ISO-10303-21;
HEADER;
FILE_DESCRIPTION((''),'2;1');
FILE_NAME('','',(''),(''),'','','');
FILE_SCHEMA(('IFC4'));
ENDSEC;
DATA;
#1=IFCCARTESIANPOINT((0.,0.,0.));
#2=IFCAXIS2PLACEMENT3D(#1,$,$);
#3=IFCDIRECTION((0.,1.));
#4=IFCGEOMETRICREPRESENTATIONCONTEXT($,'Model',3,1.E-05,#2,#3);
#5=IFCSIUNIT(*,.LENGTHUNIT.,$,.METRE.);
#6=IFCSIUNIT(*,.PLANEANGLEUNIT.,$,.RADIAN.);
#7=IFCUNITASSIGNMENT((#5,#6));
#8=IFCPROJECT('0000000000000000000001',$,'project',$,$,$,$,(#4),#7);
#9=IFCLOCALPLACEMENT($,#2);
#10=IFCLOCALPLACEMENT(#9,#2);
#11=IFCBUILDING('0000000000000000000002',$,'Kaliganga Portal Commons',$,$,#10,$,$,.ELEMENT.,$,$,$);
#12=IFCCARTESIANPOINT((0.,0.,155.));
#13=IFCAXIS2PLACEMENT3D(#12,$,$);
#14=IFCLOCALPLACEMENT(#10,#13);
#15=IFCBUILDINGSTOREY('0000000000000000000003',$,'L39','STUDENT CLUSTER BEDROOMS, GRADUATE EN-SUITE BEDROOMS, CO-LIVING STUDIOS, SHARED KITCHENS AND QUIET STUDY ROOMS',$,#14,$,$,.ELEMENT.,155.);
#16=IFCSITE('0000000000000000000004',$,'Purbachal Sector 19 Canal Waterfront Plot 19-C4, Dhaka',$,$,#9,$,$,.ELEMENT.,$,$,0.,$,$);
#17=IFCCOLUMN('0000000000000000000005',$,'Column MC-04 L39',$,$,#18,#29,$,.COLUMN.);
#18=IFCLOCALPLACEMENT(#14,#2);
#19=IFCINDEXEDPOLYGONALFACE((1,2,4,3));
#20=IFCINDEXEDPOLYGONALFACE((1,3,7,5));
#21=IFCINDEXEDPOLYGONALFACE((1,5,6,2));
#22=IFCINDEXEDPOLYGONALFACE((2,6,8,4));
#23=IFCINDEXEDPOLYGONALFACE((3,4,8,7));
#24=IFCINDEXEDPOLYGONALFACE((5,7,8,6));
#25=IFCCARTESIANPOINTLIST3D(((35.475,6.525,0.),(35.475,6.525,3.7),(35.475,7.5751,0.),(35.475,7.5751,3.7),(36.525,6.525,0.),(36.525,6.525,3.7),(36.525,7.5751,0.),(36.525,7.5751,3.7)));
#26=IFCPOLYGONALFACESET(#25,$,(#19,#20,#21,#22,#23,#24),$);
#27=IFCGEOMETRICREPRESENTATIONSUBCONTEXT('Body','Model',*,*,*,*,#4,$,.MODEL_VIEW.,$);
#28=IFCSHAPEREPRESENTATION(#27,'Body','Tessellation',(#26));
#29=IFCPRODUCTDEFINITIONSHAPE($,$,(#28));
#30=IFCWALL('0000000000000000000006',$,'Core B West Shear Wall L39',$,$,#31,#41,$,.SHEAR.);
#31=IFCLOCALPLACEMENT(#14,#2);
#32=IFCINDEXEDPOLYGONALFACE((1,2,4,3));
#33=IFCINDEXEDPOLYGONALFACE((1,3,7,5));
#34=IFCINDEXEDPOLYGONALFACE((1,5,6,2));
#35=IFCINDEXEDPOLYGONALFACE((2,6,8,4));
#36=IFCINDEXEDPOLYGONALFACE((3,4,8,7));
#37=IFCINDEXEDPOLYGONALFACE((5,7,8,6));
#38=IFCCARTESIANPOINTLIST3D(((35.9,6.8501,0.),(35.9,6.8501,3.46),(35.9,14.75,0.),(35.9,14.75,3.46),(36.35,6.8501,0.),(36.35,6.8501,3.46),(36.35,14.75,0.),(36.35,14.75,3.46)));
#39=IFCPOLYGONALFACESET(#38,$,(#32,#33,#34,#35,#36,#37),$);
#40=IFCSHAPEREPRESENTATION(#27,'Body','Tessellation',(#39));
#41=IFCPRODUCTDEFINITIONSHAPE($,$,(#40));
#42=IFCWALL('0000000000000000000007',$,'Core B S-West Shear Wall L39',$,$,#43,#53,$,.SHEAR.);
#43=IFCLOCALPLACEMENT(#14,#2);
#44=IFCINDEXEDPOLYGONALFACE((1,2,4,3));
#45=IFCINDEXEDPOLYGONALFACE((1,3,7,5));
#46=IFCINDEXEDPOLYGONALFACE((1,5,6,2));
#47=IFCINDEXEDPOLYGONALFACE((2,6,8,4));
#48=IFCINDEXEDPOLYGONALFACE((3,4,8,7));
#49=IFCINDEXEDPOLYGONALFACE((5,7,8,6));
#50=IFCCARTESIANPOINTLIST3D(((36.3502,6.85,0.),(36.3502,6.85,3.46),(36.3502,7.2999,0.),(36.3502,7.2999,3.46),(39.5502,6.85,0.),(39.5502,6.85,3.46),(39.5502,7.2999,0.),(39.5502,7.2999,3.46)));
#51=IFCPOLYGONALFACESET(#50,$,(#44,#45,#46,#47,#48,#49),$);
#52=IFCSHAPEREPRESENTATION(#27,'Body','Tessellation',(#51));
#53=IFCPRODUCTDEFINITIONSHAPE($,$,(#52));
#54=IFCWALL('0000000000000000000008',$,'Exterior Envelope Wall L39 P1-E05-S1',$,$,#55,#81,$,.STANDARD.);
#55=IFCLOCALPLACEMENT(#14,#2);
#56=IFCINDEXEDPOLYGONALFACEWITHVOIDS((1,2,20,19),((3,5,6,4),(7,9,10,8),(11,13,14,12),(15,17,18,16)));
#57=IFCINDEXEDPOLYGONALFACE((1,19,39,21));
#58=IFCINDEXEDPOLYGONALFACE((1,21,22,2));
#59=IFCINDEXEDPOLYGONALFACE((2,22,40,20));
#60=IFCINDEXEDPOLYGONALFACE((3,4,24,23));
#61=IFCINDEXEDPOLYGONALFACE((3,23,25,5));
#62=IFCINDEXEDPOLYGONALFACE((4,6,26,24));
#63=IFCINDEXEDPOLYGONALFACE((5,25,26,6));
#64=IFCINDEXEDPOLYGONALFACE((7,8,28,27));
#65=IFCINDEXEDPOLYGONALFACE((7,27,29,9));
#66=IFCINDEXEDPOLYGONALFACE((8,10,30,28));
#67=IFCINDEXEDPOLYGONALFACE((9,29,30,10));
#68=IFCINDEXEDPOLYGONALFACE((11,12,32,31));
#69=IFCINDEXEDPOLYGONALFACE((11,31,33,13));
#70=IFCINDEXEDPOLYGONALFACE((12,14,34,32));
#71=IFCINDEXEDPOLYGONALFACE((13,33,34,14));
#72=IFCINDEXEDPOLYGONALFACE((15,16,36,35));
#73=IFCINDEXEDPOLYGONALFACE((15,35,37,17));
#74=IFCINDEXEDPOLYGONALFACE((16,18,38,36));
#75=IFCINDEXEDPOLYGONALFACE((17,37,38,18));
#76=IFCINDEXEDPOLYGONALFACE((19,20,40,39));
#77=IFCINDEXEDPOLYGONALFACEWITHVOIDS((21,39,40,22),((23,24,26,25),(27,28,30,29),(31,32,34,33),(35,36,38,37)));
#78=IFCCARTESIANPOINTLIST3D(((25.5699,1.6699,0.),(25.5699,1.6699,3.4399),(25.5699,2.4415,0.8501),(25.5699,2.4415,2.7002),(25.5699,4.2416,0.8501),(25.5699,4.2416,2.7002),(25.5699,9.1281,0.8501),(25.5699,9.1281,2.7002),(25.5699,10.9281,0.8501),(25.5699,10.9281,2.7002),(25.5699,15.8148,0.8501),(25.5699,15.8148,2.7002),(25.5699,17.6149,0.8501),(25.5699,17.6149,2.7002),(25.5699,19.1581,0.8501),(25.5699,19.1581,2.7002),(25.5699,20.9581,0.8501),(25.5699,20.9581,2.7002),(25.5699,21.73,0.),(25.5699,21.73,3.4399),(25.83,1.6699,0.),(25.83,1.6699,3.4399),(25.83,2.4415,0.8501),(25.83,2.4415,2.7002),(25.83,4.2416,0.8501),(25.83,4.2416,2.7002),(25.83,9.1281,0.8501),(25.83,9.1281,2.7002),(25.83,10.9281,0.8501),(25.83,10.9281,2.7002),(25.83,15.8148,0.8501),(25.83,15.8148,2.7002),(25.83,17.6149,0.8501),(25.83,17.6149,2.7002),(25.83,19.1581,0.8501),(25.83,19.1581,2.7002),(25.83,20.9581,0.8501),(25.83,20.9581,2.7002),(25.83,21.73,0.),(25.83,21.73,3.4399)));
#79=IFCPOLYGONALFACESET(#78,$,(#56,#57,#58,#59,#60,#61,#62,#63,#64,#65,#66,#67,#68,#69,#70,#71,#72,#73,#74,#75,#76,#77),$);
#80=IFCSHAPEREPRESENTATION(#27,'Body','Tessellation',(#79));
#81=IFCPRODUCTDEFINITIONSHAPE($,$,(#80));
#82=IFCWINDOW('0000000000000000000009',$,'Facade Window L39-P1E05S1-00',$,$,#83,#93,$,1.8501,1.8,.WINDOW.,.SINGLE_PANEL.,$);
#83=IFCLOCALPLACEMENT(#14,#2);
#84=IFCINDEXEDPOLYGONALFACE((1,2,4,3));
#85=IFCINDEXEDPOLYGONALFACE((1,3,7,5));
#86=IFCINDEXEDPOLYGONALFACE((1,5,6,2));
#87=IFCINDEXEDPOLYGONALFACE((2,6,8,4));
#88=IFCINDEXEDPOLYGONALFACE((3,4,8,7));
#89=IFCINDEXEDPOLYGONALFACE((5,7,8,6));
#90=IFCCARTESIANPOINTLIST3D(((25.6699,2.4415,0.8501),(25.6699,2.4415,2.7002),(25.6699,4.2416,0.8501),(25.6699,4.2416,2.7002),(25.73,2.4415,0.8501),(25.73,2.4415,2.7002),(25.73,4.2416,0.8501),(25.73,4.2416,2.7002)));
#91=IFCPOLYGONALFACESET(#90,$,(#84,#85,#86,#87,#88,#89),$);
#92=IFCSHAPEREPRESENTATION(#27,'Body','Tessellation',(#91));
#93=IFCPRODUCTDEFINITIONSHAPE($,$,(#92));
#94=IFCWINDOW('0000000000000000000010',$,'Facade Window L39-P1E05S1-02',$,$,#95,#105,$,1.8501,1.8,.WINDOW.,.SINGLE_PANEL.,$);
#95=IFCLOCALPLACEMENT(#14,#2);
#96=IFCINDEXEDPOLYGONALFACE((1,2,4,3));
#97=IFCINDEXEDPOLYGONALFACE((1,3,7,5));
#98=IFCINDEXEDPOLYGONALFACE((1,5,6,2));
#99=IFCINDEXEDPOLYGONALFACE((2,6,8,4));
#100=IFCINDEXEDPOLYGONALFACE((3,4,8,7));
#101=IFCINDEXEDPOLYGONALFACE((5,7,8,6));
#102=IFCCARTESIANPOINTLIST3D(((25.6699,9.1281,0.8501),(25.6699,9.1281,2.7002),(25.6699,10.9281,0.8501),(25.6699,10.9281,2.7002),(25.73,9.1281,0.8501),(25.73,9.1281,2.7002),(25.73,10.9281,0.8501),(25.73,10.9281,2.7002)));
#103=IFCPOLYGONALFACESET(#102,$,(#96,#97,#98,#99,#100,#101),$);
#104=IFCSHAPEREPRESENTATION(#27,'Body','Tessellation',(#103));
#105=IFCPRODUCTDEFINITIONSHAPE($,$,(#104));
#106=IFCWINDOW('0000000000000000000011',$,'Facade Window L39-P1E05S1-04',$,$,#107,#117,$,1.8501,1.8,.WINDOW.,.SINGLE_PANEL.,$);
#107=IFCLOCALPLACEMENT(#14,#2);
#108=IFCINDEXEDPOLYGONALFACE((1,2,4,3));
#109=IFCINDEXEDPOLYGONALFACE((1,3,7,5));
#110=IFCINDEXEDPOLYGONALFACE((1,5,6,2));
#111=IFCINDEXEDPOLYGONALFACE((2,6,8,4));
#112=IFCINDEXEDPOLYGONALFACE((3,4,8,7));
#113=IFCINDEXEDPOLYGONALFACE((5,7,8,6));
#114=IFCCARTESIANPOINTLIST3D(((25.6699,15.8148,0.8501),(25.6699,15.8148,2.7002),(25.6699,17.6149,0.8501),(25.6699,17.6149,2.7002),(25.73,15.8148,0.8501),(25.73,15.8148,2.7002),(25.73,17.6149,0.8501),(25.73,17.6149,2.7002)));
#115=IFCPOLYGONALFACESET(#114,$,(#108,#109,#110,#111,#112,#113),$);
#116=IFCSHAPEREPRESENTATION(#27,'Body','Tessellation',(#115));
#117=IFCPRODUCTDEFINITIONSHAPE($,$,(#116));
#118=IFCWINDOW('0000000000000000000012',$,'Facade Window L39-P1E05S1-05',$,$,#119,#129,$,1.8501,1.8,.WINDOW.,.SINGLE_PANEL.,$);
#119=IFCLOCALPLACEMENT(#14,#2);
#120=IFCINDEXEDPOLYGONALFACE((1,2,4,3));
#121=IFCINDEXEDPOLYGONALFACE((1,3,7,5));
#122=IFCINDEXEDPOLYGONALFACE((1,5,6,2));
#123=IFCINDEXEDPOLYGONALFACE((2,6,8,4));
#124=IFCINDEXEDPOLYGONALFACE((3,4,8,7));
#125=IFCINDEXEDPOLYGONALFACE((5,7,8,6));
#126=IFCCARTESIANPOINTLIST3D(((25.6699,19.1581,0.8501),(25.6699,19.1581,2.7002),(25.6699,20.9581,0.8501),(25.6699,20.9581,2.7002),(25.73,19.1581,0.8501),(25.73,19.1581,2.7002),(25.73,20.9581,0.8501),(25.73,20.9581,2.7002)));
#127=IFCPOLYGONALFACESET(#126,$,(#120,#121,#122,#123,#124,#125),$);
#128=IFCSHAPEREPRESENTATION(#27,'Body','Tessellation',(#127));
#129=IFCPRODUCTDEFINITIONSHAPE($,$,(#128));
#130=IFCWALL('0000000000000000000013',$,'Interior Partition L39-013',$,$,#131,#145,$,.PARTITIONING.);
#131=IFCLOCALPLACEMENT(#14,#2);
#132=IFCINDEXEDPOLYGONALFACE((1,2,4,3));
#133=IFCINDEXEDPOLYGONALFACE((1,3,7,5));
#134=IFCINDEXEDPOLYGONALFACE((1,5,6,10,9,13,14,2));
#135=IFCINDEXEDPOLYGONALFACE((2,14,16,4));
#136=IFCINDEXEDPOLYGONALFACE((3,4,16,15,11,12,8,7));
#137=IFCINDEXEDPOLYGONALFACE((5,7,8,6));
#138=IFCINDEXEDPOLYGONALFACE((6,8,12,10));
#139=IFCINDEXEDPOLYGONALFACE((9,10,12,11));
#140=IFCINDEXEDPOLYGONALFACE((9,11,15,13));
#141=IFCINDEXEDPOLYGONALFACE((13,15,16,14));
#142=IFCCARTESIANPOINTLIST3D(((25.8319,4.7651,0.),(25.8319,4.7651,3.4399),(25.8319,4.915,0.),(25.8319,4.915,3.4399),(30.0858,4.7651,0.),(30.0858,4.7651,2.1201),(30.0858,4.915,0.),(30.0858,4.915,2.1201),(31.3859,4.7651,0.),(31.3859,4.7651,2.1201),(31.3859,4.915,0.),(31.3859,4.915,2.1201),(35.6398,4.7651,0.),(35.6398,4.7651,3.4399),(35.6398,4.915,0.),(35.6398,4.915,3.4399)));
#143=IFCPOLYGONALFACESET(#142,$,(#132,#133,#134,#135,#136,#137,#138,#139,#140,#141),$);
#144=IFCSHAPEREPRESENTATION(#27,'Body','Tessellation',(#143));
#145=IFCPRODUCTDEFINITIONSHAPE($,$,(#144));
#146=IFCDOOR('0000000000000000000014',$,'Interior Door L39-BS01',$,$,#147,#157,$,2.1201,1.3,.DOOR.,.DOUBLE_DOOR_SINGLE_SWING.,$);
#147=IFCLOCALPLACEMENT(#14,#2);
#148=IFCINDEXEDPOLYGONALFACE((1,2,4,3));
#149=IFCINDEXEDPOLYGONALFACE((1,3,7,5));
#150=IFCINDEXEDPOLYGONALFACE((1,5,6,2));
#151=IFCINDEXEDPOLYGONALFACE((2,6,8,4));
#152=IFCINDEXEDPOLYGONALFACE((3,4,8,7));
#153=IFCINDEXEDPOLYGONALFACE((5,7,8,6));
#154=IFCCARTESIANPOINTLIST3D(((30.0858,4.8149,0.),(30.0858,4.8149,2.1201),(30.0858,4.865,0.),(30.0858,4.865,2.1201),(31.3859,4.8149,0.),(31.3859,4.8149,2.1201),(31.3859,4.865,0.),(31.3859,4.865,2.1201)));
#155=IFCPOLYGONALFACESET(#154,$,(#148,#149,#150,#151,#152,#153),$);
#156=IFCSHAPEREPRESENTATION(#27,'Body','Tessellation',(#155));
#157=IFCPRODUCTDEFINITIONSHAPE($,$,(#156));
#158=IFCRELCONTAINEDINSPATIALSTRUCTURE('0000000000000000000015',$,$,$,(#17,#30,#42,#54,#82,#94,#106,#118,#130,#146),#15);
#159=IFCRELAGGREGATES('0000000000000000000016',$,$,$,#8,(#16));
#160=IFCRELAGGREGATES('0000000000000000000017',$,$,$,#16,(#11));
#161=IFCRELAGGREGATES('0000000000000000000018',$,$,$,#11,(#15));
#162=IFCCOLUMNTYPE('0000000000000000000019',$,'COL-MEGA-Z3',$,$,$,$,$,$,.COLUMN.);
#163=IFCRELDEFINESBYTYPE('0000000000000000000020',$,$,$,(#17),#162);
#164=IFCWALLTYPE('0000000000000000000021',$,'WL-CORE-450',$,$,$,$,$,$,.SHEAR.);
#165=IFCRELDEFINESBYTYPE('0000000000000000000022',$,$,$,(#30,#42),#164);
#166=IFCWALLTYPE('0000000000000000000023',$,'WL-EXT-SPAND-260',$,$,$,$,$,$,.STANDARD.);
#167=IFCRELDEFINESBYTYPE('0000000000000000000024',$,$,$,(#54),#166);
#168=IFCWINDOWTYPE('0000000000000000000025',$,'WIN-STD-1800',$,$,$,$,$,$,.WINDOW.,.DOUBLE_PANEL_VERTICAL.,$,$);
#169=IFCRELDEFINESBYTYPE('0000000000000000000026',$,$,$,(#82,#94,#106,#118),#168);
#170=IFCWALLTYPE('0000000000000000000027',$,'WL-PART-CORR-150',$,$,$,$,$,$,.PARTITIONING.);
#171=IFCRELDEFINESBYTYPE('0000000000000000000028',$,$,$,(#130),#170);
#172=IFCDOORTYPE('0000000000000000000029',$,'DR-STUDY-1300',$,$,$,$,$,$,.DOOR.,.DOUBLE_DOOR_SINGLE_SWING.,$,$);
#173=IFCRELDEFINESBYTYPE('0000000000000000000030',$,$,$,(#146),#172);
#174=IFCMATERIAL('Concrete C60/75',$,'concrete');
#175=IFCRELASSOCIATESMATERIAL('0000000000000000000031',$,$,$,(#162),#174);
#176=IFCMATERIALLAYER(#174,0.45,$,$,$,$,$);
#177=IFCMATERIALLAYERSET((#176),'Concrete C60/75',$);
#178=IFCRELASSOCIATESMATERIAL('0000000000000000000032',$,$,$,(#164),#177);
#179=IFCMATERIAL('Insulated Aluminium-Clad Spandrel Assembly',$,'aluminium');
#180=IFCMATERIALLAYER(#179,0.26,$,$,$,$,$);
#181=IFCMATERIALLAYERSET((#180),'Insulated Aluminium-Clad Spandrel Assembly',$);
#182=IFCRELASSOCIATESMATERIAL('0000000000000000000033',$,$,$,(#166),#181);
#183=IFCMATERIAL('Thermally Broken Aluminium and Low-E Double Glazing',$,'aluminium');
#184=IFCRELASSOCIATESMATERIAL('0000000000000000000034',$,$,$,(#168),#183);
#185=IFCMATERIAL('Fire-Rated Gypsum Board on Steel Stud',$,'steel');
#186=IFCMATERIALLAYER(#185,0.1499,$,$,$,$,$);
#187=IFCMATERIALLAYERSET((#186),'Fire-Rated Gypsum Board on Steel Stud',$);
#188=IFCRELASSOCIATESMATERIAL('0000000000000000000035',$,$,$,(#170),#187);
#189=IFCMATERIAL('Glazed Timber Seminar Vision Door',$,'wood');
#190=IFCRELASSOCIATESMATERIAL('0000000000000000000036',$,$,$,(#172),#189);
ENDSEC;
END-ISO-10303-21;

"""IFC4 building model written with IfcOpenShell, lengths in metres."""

from ifc_helpers import new_model, si_unit, direction, frame, frame_2d, origin, origin_2d, place, context, subcontext, project, spatial, rectangle, extrude, source, transform, mapped, material, layer, layer_set, material_profile, profile_set, type_object, element, fill, save


model = new_model("IFC4")

# Units and contexts
model_context = context("Model", 3, precision=1e-05, world=origin(), true_north=direction((0.0, 1.0)))
body_context = subcontext(model_context, "Body", "Model", "MODEL_VIEW")
ifc_project = project(units=[si_unit("LENGTHUNIT", "METRE"), si_unit("PLANEANGLEUNIT", "RADIAN")], contexts=[model_context])

# Site, building, storey
site_placement = place(None, origin())
site = spatial("IfcSite", under=ifc_project, at=site_placement, Name="Purbachal Sector 19 Canal Waterfront Plot 19-C4, Dhaka", CompositionType="ELEMENT", RefElevation=0.0)
building_placement = place(site_placement, origin())
building = spatial("IfcBuilding", under=site, at=building_placement, Name="Kaliganga Portal Commons", CompositionType="ELEMENT")
storey_placement = place(building_placement, frame((0.0, 0.0, 155.0)))
storey = spatial("IfcBuildingStorey", under=building, at=storey_placement, Name="L39", Description="STUDENT CLUSTER BEDROOMS, GRADUATE EN-SUITE BEDROOMS, CO-LIVING STUDIOS, SHARED KITCHENS AND QUIET STUDY ROOMS", CompositionType="ELEMENT", Elevation=155.0)

# Column
ifc_material_1 = material(Name="Concrete C60/75", Category="concrete")
ifc_material_profile = material_profile(ifc_material_1, rectangle(XDim=1.05, YDim=1.05, at=origin_2d()), Name="RC 1050x1050")
ifc_profile_set = profile_set([ifc_material_profile], Name="Concrete C60/75")
column_type = type_object("IfcColumnType", Name="COL-MEGA-Z3", PredefinedType="COLUMN", material=ifc_profile_set)
shared_shape = source(origin(), body_context, "Body", "SweptSolid", [
    extrude(rectangle(XDim=1.05, YDim=1.05, at=origin_2d()), origin(), (0.0, 0.0, 1.0), 3.7),
])
column_placement = place(storey_placement, frame((36.0, 7.05, 0.0), z_axis=(0.0, 0.0, 1.0), x_axis=(1.0, 0.0, 0.0)))
element("IfcColumn", 1, at=column_placement, inside=storey, type_object=column_type, Name="Column MC-04 L39", PredefinedType="COLUMN", context=body_context, shape_type="MappedRepresentation", body=[
    mapped(shared_shape, transform((0.0, 0.0, 0.0), x_axis=(1.0, 0.0, 0.0), y_axis=(0.0, 1.0, 0.0), z_axis=(0.0, 0.0, 1.0), scale=1.0)),
])

# Walls
ifc_layer_1 = layer(ifc_material_1, 0.45)
ifc_layer_set_1 = layer_set([ifc_layer_1], Name="Concrete C60/75")
wall_type_1 = type_object("IfcWallType", Name="WL-CORE-450", PredefinedType="SHEAR", material=ifc_layer_set_1)
wall_1_placement = place(storey_placement, frame((36.125, 6.8501, 0.0), z_axis=(0.0, 0.0, 1.0), x_axis=(0.0, 1.0, 0.0)))
element("IfcWall", 2, at=wall_1_placement, inside=storey, type_object=wall_type_1, Name="Core B West Shear Wall L39", PredefinedType="SHEAR", context=body_context, shape_type="SweptSolid", body=[
    extrude(rectangle(XDim=7.8999, YDim=0.45, at=frame_2d((3.95, 0.0))), origin(), (0.0, 0.0, 1.0), 3.46),
])
wall_2_placement = place(storey_placement, frame((36.3501, 7.075, 0.0), z_axis=(0.0, 0.0, 1.0), x_axis=(1.0, 0.0, 0.0)))
element("IfcWall", 3, at=wall_2_placement, inside=storey, type_object=wall_type_1, Name="Core B S-West Shear Wall L39", PredefinedType="SHEAR", context=body_context, shape_type="SweptSolid", body=[
    extrude(rectangle(XDim=3.2, YDim=0.45, at=frame_2d((1.6001, 0.0))), origin(), (0.0, 0.0, 1.0), 3.46),
])

# Wall, openings, windows
ifc_material_2 = material(Name="Insulated Aluminium-Clad Spandrel Assembly", Category="aluminium")
ifc_layer_2 = layer(ifc_material_2, 0.26)
ifc_layer_set_2 = layer_set([ifc_layer_2], Name="Insulated Aluminium-Clad Spandrel Assembly")
wall_type_2 = type_object("IfcWallType", Name="WL-EXT-SPAND-260", PredefinedType="STANDARD", material=ifc_layer_set_2)
wall_3_placement = place(storey_placement, frame((25.7, 1.6699, 0.0), z_axis=(0.0, 0.0, 1.0), x_axis=(0.0, 1.0, 0.0)))
wall_3 = element("IfcWall", 4, at=wall_3_placement, inside=storey, type_object=wall_type_2, Name="Exterior Envelope Wall L39 P1-E05-S1", PredefinedType="STANDARD", context=body_context, shape_type="SweptSolid", body=[
    extrude(rectangle(XDim=20.0601, YDim=0.26, at=frame_2d((10.03, 0.0))), origin(), (0.0, 0.0, 1.0), 3.4399),
])
opening_1_placement = place(wall_3_placement, frame((0.7717, 0.0, 0.8501)))
opening_1 = element("IfcOpeningElement", 5, at=opening_1_placement, cuts=wall_3, PredefinedType="OPENING", context=body_context, shape_type="SweptSolid", body=[
    extrude(rectangle(XDim=1.8, YDim=1.8501, at=frame_2d((0.8999, 0.925))), frame((0.0, 0.1401, 0.0), z_axis=(0.0, -1.0, 0.0), x_axis=(1.0, 0.0, 0.0)), (0.0, 0.0, 1.0), 0.28),
])
opening_2_placement = place(wall_3_placement, frame((7.4583, 0.0, 0.8501)))
opening_2 = element("IfcOpeningElement", 6, at=opening_2_placement, cuts=wall_3, PredefinedType="OPENING", context=body_context, shape_type="SweptSolid", body=[
    extrude(rectangle(XDim=1.8, YDim=1.8501, at=frame_2d((0.8999, 0.925))), frame((0.0, 0.1401, 0.0), z_axis=(0.0, -1.0, 0.0), x_axis=(1.0, 0.0, 0.0)), (0.0, 0.0, 1.0), 0.28),
])
opening_3_placement = place(wall_3_placement, frame((14.145, 0.0, 0.8501)))
opening_3 = element("IfcOpeningElement", 7, at=opening_3_placement, cuts=wall_3, PredefinedType="OPENING", context=body_context, shape_type="SweptSolid", body=[
    extrude(rectangle(XDim=1.8, YDim=1.8501, at=frame_2d((0.8999, 0.925))), frame((0.0, 0.1401, 0.0), z_axis=(0.0, -1.0, 0.0), x_axis=(1.0, 0.0, 0.0)), (0.0, 0.0, 1.0), 0.28),
])
opening_4_placement = place(wall_3_placement, frame((17.4883, 0.0, 0.8501)))
opening_4 = element("IfcOpeningElement", 8, at=opening_4_placement, cuts=wall_3, PredefinedType="OPENING", context=body_context, shape_type="SweptSolid", body=[
    extrude(rectangle(XDim=1.8, YDim=1.8501, at=frame_2d((0.8999, 0.925))), frame((0.0, 0.1401, 0.0), z_axis=(0.0, -1.0, 0.0), x_axis=(1.0, 0.0, 0.0)), (0.0, 0.0, 1.0), 0.28),
])
ifc_material_3 = material(Name="Thermally Broken Aluminium and Low-E Double Glazing", Category="aluminium")
window_type = type_object("IfcWindowType", Name="WIN-STD-1800", PartitioningType="DOUBLE_PANEL_VERTICAL", PredefinedType="WINDOW", material=ifc_material_3)
window_1_placement = place(opening_1_placement, origin())
window_1 = element("IfcWindow", 9, at=window_1_placement, inside=storey, type_object=window_type, Name="Facade Window L39-P1E05S1-00", OverallHeight=1.8501, OverallWidth=1.8, PartitioningType="SINGLE_PANEL", PredefinedType="WINDOW", context=body_context, shape_type="SweptSolid", body=[
    extrude(rectangle(XDim=1.8, YDim=1.8501, at=frame_2d((0.8999, 0.925))), frame((0.0, 0.03, 0.0), z_axis=(0.0, -1.0, 0.0), x_axis=(1.0, 0.0, 0.0)), (0.0, 0.0, 1.0), 0.0601),
])
fill(opening_1, window_1)
window_2_placement = place(opening_2_placement, origin())
window_2 = element("IfcWindow", 10, at=window_2_placement, inside=storey, type_object=window_type, Name="Facade Window L39-P1E05S1-02", OverallHeight=1.8501, OverallWidth=1.8, PartitioningType="SINGLE_PANEL", PredefinedType="WINDOW", context=body_context, shape_type="SweptSolid", body=[
    extrude(rectangle(XDim=1.8, YDim=1.8501, at=frame_2d((0.8999, 0.925))), frame((0.0, 0.03, 0.0), z_axis=(0.0, -1.0, 0.0), x_axis=(1.0, 0.0, 0.0)), (0.0, 0.0, 1.0), 0.0601),
])
fill(opening_2, window_2)
window_3_placement = place(opening_3_placement, origin())
window_3 = element("IfcWindow", 11, at=window_3_placement, inside=storey, type_object=window_type, Name="Facade Window L39-P1E05S1-04", OverallHeight=1.8501, OverallWidth=1.8, PartitioningType="SINGLE_PANEL", PredefinedType="WINDOW", context=body_context, shape_type="SweptSolid", body=[
    extrude(rectangle(XDim=1.8, YDim=1.8501, at=frame_2d((0.8999, 0.925))), frame((0.0, 0.03, 0.0), z_axis=(0.0, -1.0, 0.0), x_axis=(1.0, 0.0, 0.0)), (0.0, 0.0, 1.0), 0.0601),
])
fill(opening_3, window_3)
window_4_placement = place(opening_4_placement, origin())
window_4 = element("IfcWindow", 12, at=window_4_placement, inside=storey, type_object=window_type, Name="Facade Window L39-P1E05S1-05", OverallHeight=1.8501, OverallWidth=1.8, PartitioningType="SINGLE_PANEL", PredefinedType="WINDOW", context=body_context, shape_type="SweptSolid", body=[
    extrude(rectangle(XDim=1.8, YDim=1.8501, at=frame_2d((0.8999, 0.925))), frame((0.0, 0.03, 0.0), z_axis=(0.0, -1.0, 0.0), x_axis=(1.0, 0.0, 0.0)), (0.0, 0.0, 1.0), 0.0601),
])
fill(opening_4, window_4)

# Wall, opening, door
ifc_material_4 = material(Name="Fire-Rated Gypsum Board on Steel Stud", Category="steel")
ifc_layer_3 = layer(ifc_material_4, 0.1499)
ifc_layer_set_3 = layer_set([ifc_layer_3], Name="Fire-Rated Gypsum Board on Steel Stud")
wall_type_3 = type_object("IfcWallType", Name="WL-PART-CORR-150", PredefinedType="PARTITIONING", material=ifc_layer_set_3)
wall_4_placement = place(storey_placement, frame((25.832, 4.8401, 0.0), z_axis=(0.0, 0.0, 1.0), x_axis=(1.0, 0.0, 0.0)))
wall_4 = element("IfcWall", 13, at=wall_4_placement, inside=storey, type_object=wall_type_3, Name="Interior Partition L39-013", PredefinedType="PARTITIONING", context=body_context, shape_type="SweptSolid", body=[
    extrude(rectangle(XDim=9.8079, YDim=0.1499, at=frame_2d((4.9038, 0.0))), origin(), (0.0, 0.0, 1.0), 3.4399),
])
opening_5_placement = place(wall_4_placement, frame((4.2539, 0.0, 0.0)))
opening_5 = element("IfcOpeningElement", 14, at=opening_5_placement, cuts=wall_4, PredefinedType="OPENING", context=body_context, shape_type="SweptSolid", body=[
    extrude(rectangle(XDim=1.3, YDim=2.1201, at=frame_2d((0.6499, 1.0601))), frame((0.0, 0.085, 0.0), z_axis=(0.0, -1.0, 0.0), x_axis=(1.0, 0.0, 0.0)), (0.0, 0.0, 1.0), 0.1699),
])
ifc_material_5 = material(Name="Glazed Timber Seminar Vision Door", Category="wood")
door_type_1 = type_object("IfcDoorType", Name="DR-STUDY-1300", OperationType="DOUBLE_DOOR_SINGLE_SWING", PredefinedType="DOOR", material=ifc_material_5)
door_1_placement = place(opening_5_placement, origin())
door_1 = element("IfcDoor", 15, at=door_1_placement, inside=storey, type_object=door_type_1, Name="Interior Door L39-BS01", OperationType="DOUBLE_DOOR_SINGLE_SWING", OverallHeight=2.1201, OverallWidth=1.3, PredefinedType="DOOR", context=body_context, shape_type="SweptSolid", body=[
    extrude(rectangle(XDim=1.3, YDim=2.1201, at=frame_2d((0.6499, 1.0601))), frame((0.0, 0.0249, 0.0), z_axis=(0.0, -1.0, 0.0), x_axis=(1.0, 0.0, 0.0)), (0.0, 0.0, 1.0), 0.05),
])
fill(opening_5, door_1)

save(model, "model.ifc")
